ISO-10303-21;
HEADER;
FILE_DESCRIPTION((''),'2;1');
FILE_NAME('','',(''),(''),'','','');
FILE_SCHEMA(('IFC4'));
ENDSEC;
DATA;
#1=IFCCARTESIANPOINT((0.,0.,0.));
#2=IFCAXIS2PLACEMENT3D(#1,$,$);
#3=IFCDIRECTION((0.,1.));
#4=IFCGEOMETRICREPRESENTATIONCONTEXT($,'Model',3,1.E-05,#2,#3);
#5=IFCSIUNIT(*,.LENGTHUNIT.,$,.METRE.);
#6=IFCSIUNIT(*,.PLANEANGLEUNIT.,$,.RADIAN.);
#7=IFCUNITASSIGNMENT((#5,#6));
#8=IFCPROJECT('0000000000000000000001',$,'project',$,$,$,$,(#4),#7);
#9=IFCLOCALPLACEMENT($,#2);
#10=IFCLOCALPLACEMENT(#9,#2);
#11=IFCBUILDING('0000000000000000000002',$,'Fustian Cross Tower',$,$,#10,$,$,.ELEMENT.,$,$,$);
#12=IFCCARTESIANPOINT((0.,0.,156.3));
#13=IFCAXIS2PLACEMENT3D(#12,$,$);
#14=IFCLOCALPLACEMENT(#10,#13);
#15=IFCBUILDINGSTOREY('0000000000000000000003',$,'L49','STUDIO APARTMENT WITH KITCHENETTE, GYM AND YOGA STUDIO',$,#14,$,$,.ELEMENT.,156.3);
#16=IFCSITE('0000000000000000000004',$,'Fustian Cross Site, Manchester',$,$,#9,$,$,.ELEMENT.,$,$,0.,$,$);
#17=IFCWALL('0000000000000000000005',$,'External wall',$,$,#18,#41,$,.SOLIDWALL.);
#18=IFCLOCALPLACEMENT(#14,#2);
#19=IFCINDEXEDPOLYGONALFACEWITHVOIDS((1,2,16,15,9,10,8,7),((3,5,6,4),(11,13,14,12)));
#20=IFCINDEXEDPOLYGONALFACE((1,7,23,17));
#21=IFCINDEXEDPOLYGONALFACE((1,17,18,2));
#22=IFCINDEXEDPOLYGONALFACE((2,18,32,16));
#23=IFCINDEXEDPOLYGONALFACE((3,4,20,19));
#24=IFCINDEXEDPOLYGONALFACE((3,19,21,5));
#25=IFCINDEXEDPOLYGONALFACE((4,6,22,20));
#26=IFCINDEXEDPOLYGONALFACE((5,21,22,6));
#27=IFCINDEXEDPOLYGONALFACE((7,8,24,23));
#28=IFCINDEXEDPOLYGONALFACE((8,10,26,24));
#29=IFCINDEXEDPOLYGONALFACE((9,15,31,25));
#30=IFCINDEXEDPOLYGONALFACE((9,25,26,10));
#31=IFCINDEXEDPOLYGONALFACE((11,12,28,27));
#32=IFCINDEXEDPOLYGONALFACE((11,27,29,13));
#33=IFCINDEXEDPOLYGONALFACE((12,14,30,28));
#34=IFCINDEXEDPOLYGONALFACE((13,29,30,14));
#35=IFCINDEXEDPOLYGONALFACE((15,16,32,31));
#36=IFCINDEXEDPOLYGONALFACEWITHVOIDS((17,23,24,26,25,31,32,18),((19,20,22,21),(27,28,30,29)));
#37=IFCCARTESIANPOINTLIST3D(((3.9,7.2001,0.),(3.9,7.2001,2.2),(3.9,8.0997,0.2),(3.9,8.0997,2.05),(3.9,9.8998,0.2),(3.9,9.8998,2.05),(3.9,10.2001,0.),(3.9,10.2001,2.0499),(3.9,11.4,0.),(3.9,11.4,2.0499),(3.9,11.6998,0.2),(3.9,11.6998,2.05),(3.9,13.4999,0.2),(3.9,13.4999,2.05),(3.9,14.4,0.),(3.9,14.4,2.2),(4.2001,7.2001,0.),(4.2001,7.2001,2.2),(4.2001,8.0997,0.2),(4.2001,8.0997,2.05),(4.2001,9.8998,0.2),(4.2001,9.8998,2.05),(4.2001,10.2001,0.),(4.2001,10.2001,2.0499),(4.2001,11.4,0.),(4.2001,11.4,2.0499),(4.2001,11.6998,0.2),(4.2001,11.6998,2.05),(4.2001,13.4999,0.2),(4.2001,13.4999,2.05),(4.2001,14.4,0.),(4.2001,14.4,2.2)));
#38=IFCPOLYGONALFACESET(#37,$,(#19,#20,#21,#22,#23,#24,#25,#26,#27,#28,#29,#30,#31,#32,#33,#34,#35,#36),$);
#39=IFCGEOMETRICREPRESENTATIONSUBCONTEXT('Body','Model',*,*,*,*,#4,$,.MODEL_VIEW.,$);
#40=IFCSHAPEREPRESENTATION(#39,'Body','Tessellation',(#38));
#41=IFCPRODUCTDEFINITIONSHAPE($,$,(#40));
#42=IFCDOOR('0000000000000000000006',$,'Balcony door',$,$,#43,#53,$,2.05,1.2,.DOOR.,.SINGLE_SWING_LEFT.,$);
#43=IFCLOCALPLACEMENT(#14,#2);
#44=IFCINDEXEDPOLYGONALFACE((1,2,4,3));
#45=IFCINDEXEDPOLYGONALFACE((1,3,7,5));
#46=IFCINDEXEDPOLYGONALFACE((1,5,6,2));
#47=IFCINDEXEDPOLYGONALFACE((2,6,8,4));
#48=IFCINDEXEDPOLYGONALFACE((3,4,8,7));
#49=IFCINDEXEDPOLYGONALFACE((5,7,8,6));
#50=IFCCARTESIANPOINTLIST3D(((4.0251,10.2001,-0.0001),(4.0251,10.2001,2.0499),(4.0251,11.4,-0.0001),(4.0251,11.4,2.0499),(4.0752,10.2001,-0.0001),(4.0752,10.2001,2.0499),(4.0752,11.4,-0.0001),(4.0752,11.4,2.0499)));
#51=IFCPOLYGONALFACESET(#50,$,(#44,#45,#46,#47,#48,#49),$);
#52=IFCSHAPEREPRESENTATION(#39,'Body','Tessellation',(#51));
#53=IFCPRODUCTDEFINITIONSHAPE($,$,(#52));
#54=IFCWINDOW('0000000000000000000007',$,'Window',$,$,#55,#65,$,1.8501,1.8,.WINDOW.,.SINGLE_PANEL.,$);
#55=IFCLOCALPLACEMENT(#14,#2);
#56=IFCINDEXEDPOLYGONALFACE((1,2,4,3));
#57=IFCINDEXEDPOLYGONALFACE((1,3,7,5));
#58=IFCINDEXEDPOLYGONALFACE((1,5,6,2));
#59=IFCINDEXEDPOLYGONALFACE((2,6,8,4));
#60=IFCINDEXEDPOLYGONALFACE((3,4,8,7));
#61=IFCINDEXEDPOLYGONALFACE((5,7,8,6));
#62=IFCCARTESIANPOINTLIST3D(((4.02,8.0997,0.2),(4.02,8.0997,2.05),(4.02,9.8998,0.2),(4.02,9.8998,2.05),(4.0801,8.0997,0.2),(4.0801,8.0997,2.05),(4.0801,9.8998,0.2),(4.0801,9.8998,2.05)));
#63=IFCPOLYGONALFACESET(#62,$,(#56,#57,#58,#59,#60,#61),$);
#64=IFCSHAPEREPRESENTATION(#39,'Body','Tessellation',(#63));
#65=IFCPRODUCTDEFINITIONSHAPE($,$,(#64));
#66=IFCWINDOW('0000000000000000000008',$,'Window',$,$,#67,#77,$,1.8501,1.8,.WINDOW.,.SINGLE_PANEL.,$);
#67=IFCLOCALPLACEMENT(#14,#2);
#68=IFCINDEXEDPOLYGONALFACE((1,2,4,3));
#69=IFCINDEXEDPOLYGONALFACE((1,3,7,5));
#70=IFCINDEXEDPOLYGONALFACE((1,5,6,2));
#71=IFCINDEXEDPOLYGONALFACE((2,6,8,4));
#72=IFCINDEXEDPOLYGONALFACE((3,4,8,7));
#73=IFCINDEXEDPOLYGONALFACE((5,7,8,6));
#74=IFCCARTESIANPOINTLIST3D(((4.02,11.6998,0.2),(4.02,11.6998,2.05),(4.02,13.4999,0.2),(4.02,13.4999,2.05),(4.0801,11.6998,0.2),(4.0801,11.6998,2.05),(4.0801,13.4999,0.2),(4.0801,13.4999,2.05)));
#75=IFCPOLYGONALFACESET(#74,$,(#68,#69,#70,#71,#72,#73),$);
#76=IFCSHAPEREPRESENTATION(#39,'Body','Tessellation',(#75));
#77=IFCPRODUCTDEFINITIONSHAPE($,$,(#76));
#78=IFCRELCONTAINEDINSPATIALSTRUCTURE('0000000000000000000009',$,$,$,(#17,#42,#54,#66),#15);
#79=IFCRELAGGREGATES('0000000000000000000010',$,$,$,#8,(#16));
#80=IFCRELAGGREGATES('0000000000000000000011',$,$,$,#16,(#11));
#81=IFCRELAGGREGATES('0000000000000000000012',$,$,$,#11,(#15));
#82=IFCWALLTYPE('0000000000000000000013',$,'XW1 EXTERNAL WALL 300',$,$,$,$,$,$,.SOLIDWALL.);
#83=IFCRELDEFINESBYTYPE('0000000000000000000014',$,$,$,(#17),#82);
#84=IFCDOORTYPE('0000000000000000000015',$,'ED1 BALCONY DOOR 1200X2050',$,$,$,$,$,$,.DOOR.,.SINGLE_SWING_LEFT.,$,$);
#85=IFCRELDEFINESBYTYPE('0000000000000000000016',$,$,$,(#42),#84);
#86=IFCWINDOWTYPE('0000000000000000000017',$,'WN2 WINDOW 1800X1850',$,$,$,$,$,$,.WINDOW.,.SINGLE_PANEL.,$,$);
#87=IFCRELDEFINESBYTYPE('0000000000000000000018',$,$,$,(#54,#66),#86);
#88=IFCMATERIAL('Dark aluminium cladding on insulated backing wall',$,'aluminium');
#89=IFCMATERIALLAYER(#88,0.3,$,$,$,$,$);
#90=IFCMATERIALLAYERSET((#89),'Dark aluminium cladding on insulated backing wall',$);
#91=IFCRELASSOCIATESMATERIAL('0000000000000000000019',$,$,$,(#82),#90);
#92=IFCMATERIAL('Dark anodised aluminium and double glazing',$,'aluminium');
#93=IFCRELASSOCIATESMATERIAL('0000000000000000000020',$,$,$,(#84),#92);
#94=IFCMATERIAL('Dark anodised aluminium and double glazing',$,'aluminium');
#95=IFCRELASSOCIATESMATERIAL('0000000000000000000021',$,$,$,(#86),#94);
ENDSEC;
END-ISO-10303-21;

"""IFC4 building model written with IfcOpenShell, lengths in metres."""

from ifc_helpers import new_model, si_unit, direction, frame, frame_2d, origin, place, context, subcontext, project, spatial, rectangle, extrude, material, layer, layer_set, type_object, element, fill, save


model = new_model("IFC4")

# Units and contexts
model_context = context("Model", 3, precision=1e-05, world=origin(), true_north=direction((0.0, 1.0)))
body_context = subcontext(model_context, "Body", "Model", "MODEL_VIEW")
ifc_project = project(units=[si_unit("LENGTHUNIT", "METRE"), si_unit("PLANEANGLEUNIT", "RADIAN")], contexts=[model_context])

# Site, building, storey
site_placement = place(None, origin())
site = spatial("IfcSite", under=ifc_project, at=site_placement, Name="Fustian Cross Site, Manchester", CompositionType="ELEMENT", RefElevation=0.0)
building_placement = place(site_placement, origin())
building = spatial("IfcBuilding", under=site, at=building_placement, Name="Fustian Cross Tower", CompositionType="ELEMENT")
storey_placement = place(building_placement, frame((0.0, 0.0, 156.3)))
storey = spatial("IfcBuildingStorey", under=building, at=storey_placement, Name="L49", Description="STUDIO APARTMENT WITH KITCHENETTE, GYM AND YOGA STUDIO", CompositionType="ELEMENT", Elevation=156.3)

# Shared definitions
ifc_material_1 = material(Name="Dark aluminium cladding on insulated backing wall", Category="aluminium")
ifc_layer_1 = layer(ifc_material_1, 0.3)
ifc_layer_set_1 = layer_set([ifc_layer_1], Name="Dark aluminium cladding on insulated backing wall")
wall_type_1 = type_object("IfcWallType", Name="XW1 EXTERNAL WALL 300", PredefinedType="SOLIDWALL", material=ifc_layer_set_1)

# Wall, openings, door, windows
wall_1_placement = place(storey_placement, frame((4.05, 7.2, 0.0), z_axis=(0.0, 0.0, 1.0), x_axis=(0.0, 1.0, 0.0)))
wall_1 = element("IfcWall", 1, at=wall_1_placement, inside=storey, type_object=wall_type_1, Name="External wall", PredefinedType="SOLIDWALL", context=body_context, shape_type="SweptSolid", body=[
    extrude(rectangle(XDim=7.2, YDim=0.3, at=frame_2d((3.6001, 0.0))), origin(), (0.0, 0.0, 1.0), 2.2),
])
opening_1_placement = place(wall_1_placement, frame((3.0, 0.0, 0.0)))
opening_1 = element("IfcOpeningElement", 2, at=opening_1_placement, cuts=wall_1, PredefinedType="OPENING", context=body_context, shape_type="SweptSolid", body=[
    extrude(rectangle(XDim=1.2, YDim=2.05, at=frame_2d((0.6001, 1.0249))), frame((0.0, 0.1599, 0.0), z_axis=(0.0, -1.0, 0.0), x_axis=(1.0, 0.0, 0.0)), (0.0, 0.0, 1.0), 0.3201),
])
opening_2_placement = place(wall_1_placement, frame((0.8999, 0.0, 0.2)))
opening_2 = element("IfcOpeningElement", 3, at=opening_2_placement, cuts=wall_1, PredefinedType="OPENING", context=body_context, shape_type="SweptSolid", body=[
    extrude(rectangle(XDim=1.8, YDim=1.8501, at=frame_2d((0.8999, 0.925))), frame((0.0, 0.1599, 0.0), z_axis=(0.0, -1.0, 0.0), x_axis=(1.0, 0.0, 0.0)), (0.0, 0.0, 1.0), 0.3201),
])
opening_3_placement = place(wall_1_placement, frame((4.5, 0.0, 0.2)))
opening_3 = element("IfcOpeningElement", 4, at=opening_3_placement, cuts=wall_1, PredefinedType="OPENING", context=body_context, shape_type="SweptSolid", body=[
    extrude(rectangle(XDim=1.8, YDim=1.8501, at=frame_2d((0.8999, 0.925))), frame((0.0, 0.1599, 0.0), z_axis=(0.0, -1.0, 0.0), x_axis=(1.0, 0.0, 0.0)), (0.0, 0.0, 1.0), 0.3201),
])
ifc_material_2 = material(Name="Dark anodised aluminium and double glazing", Category="aluminium")
door_type_1 = type_object("IfcDoorType", Name="ED1 BALCONY DOOR 1200X2050", OperationType="SINGLE_SWING_LEFT", PredefinedType="DOOR", material=ifc_material_2)
door_1_placement = place(opening_1_placement, origin())
door_1 = element("IfcDoor", 5, at=door_1_placement, inside=storey, type_object=door_type_1, Name="Balcony door", OperationType="SINGLE_SWING_LEFT", OverallHeight=2.05, OverallWidth=1.2, PredefinedType="DOOR", context=body_context, shape_type="SweptSolid", body=[
    extrude(rectangle(XDim=1.2, YDim=2.05, at=frame_2d((0.6001, 1.0249))), frame((0.0, 0.0249, 0.0), z_axis=(0.0, -1.0, 0.0), x_axis=(1.0, 0.0, 0.0)), (0.0, 0.0, 1.0), 0.05),
])
fill(opening_1, door_1)
ifc_material_3 = material(Name="Dark anodised aluminium and double glazing", Category="aluminium")
window_type = type_object("IfcWindowType", Name="WN2 WINDOW 1800X1850", PartitioningType="SINGLE_PANEL", PredefinedType="WINDOW", material=ifc_material_3)
window_1_placement = place(opening_2_placement, origin())
window_1 = element("IfcWindow", 6, at=window_1_placement, inside=storey, type_object=window_type, Name="Window", OverallHeight=1.8501, OverallWidth=1.8, PartitioningType="SINGLE_PANEL", PredefinedType="WINDOW", context=body_context, shape_type="SweptSolid", body=[
    extrude(rectangle(XDim=1.8, YDim=1.8501, at=frame_2d((0.8999, 0.925))), frame((0.0, 0.03, 0.0), z_axis=(0.0, -1.0, 0.0), x_axis=(1.0, 0.0, 0.0)), (0.0, 0.0, 1.0), 0.0601),
])
fill(opening_2, window_1)
window_2_placement = place(opening_3_placement, origin())
window_2 = element("IfcWindow", 7, at=window_2_placement, inside=storey, type_object=window_type, Name="Window", OverallHeight=1.8501, OverallWidth=1.8, PartitioningType="SINGLE_PANEL", PredefinedType="WINDOW", context=body_context, shape_type="SweptSolid", body=[
    extrude(rectangle(XDim=1.8, YDim=1.8501, at=frame_2d((0.8999, 0.925))), frame((0.0, 0.03, 0.0), z_axis=(0.0, -1.0, 0.0), x_axis=(1.0, 0.0, 0.0)), (0.0, 0.0, 1.0), 0.0601),
])
fill(opening_3, window_2)

save(model, "model.ifc")
